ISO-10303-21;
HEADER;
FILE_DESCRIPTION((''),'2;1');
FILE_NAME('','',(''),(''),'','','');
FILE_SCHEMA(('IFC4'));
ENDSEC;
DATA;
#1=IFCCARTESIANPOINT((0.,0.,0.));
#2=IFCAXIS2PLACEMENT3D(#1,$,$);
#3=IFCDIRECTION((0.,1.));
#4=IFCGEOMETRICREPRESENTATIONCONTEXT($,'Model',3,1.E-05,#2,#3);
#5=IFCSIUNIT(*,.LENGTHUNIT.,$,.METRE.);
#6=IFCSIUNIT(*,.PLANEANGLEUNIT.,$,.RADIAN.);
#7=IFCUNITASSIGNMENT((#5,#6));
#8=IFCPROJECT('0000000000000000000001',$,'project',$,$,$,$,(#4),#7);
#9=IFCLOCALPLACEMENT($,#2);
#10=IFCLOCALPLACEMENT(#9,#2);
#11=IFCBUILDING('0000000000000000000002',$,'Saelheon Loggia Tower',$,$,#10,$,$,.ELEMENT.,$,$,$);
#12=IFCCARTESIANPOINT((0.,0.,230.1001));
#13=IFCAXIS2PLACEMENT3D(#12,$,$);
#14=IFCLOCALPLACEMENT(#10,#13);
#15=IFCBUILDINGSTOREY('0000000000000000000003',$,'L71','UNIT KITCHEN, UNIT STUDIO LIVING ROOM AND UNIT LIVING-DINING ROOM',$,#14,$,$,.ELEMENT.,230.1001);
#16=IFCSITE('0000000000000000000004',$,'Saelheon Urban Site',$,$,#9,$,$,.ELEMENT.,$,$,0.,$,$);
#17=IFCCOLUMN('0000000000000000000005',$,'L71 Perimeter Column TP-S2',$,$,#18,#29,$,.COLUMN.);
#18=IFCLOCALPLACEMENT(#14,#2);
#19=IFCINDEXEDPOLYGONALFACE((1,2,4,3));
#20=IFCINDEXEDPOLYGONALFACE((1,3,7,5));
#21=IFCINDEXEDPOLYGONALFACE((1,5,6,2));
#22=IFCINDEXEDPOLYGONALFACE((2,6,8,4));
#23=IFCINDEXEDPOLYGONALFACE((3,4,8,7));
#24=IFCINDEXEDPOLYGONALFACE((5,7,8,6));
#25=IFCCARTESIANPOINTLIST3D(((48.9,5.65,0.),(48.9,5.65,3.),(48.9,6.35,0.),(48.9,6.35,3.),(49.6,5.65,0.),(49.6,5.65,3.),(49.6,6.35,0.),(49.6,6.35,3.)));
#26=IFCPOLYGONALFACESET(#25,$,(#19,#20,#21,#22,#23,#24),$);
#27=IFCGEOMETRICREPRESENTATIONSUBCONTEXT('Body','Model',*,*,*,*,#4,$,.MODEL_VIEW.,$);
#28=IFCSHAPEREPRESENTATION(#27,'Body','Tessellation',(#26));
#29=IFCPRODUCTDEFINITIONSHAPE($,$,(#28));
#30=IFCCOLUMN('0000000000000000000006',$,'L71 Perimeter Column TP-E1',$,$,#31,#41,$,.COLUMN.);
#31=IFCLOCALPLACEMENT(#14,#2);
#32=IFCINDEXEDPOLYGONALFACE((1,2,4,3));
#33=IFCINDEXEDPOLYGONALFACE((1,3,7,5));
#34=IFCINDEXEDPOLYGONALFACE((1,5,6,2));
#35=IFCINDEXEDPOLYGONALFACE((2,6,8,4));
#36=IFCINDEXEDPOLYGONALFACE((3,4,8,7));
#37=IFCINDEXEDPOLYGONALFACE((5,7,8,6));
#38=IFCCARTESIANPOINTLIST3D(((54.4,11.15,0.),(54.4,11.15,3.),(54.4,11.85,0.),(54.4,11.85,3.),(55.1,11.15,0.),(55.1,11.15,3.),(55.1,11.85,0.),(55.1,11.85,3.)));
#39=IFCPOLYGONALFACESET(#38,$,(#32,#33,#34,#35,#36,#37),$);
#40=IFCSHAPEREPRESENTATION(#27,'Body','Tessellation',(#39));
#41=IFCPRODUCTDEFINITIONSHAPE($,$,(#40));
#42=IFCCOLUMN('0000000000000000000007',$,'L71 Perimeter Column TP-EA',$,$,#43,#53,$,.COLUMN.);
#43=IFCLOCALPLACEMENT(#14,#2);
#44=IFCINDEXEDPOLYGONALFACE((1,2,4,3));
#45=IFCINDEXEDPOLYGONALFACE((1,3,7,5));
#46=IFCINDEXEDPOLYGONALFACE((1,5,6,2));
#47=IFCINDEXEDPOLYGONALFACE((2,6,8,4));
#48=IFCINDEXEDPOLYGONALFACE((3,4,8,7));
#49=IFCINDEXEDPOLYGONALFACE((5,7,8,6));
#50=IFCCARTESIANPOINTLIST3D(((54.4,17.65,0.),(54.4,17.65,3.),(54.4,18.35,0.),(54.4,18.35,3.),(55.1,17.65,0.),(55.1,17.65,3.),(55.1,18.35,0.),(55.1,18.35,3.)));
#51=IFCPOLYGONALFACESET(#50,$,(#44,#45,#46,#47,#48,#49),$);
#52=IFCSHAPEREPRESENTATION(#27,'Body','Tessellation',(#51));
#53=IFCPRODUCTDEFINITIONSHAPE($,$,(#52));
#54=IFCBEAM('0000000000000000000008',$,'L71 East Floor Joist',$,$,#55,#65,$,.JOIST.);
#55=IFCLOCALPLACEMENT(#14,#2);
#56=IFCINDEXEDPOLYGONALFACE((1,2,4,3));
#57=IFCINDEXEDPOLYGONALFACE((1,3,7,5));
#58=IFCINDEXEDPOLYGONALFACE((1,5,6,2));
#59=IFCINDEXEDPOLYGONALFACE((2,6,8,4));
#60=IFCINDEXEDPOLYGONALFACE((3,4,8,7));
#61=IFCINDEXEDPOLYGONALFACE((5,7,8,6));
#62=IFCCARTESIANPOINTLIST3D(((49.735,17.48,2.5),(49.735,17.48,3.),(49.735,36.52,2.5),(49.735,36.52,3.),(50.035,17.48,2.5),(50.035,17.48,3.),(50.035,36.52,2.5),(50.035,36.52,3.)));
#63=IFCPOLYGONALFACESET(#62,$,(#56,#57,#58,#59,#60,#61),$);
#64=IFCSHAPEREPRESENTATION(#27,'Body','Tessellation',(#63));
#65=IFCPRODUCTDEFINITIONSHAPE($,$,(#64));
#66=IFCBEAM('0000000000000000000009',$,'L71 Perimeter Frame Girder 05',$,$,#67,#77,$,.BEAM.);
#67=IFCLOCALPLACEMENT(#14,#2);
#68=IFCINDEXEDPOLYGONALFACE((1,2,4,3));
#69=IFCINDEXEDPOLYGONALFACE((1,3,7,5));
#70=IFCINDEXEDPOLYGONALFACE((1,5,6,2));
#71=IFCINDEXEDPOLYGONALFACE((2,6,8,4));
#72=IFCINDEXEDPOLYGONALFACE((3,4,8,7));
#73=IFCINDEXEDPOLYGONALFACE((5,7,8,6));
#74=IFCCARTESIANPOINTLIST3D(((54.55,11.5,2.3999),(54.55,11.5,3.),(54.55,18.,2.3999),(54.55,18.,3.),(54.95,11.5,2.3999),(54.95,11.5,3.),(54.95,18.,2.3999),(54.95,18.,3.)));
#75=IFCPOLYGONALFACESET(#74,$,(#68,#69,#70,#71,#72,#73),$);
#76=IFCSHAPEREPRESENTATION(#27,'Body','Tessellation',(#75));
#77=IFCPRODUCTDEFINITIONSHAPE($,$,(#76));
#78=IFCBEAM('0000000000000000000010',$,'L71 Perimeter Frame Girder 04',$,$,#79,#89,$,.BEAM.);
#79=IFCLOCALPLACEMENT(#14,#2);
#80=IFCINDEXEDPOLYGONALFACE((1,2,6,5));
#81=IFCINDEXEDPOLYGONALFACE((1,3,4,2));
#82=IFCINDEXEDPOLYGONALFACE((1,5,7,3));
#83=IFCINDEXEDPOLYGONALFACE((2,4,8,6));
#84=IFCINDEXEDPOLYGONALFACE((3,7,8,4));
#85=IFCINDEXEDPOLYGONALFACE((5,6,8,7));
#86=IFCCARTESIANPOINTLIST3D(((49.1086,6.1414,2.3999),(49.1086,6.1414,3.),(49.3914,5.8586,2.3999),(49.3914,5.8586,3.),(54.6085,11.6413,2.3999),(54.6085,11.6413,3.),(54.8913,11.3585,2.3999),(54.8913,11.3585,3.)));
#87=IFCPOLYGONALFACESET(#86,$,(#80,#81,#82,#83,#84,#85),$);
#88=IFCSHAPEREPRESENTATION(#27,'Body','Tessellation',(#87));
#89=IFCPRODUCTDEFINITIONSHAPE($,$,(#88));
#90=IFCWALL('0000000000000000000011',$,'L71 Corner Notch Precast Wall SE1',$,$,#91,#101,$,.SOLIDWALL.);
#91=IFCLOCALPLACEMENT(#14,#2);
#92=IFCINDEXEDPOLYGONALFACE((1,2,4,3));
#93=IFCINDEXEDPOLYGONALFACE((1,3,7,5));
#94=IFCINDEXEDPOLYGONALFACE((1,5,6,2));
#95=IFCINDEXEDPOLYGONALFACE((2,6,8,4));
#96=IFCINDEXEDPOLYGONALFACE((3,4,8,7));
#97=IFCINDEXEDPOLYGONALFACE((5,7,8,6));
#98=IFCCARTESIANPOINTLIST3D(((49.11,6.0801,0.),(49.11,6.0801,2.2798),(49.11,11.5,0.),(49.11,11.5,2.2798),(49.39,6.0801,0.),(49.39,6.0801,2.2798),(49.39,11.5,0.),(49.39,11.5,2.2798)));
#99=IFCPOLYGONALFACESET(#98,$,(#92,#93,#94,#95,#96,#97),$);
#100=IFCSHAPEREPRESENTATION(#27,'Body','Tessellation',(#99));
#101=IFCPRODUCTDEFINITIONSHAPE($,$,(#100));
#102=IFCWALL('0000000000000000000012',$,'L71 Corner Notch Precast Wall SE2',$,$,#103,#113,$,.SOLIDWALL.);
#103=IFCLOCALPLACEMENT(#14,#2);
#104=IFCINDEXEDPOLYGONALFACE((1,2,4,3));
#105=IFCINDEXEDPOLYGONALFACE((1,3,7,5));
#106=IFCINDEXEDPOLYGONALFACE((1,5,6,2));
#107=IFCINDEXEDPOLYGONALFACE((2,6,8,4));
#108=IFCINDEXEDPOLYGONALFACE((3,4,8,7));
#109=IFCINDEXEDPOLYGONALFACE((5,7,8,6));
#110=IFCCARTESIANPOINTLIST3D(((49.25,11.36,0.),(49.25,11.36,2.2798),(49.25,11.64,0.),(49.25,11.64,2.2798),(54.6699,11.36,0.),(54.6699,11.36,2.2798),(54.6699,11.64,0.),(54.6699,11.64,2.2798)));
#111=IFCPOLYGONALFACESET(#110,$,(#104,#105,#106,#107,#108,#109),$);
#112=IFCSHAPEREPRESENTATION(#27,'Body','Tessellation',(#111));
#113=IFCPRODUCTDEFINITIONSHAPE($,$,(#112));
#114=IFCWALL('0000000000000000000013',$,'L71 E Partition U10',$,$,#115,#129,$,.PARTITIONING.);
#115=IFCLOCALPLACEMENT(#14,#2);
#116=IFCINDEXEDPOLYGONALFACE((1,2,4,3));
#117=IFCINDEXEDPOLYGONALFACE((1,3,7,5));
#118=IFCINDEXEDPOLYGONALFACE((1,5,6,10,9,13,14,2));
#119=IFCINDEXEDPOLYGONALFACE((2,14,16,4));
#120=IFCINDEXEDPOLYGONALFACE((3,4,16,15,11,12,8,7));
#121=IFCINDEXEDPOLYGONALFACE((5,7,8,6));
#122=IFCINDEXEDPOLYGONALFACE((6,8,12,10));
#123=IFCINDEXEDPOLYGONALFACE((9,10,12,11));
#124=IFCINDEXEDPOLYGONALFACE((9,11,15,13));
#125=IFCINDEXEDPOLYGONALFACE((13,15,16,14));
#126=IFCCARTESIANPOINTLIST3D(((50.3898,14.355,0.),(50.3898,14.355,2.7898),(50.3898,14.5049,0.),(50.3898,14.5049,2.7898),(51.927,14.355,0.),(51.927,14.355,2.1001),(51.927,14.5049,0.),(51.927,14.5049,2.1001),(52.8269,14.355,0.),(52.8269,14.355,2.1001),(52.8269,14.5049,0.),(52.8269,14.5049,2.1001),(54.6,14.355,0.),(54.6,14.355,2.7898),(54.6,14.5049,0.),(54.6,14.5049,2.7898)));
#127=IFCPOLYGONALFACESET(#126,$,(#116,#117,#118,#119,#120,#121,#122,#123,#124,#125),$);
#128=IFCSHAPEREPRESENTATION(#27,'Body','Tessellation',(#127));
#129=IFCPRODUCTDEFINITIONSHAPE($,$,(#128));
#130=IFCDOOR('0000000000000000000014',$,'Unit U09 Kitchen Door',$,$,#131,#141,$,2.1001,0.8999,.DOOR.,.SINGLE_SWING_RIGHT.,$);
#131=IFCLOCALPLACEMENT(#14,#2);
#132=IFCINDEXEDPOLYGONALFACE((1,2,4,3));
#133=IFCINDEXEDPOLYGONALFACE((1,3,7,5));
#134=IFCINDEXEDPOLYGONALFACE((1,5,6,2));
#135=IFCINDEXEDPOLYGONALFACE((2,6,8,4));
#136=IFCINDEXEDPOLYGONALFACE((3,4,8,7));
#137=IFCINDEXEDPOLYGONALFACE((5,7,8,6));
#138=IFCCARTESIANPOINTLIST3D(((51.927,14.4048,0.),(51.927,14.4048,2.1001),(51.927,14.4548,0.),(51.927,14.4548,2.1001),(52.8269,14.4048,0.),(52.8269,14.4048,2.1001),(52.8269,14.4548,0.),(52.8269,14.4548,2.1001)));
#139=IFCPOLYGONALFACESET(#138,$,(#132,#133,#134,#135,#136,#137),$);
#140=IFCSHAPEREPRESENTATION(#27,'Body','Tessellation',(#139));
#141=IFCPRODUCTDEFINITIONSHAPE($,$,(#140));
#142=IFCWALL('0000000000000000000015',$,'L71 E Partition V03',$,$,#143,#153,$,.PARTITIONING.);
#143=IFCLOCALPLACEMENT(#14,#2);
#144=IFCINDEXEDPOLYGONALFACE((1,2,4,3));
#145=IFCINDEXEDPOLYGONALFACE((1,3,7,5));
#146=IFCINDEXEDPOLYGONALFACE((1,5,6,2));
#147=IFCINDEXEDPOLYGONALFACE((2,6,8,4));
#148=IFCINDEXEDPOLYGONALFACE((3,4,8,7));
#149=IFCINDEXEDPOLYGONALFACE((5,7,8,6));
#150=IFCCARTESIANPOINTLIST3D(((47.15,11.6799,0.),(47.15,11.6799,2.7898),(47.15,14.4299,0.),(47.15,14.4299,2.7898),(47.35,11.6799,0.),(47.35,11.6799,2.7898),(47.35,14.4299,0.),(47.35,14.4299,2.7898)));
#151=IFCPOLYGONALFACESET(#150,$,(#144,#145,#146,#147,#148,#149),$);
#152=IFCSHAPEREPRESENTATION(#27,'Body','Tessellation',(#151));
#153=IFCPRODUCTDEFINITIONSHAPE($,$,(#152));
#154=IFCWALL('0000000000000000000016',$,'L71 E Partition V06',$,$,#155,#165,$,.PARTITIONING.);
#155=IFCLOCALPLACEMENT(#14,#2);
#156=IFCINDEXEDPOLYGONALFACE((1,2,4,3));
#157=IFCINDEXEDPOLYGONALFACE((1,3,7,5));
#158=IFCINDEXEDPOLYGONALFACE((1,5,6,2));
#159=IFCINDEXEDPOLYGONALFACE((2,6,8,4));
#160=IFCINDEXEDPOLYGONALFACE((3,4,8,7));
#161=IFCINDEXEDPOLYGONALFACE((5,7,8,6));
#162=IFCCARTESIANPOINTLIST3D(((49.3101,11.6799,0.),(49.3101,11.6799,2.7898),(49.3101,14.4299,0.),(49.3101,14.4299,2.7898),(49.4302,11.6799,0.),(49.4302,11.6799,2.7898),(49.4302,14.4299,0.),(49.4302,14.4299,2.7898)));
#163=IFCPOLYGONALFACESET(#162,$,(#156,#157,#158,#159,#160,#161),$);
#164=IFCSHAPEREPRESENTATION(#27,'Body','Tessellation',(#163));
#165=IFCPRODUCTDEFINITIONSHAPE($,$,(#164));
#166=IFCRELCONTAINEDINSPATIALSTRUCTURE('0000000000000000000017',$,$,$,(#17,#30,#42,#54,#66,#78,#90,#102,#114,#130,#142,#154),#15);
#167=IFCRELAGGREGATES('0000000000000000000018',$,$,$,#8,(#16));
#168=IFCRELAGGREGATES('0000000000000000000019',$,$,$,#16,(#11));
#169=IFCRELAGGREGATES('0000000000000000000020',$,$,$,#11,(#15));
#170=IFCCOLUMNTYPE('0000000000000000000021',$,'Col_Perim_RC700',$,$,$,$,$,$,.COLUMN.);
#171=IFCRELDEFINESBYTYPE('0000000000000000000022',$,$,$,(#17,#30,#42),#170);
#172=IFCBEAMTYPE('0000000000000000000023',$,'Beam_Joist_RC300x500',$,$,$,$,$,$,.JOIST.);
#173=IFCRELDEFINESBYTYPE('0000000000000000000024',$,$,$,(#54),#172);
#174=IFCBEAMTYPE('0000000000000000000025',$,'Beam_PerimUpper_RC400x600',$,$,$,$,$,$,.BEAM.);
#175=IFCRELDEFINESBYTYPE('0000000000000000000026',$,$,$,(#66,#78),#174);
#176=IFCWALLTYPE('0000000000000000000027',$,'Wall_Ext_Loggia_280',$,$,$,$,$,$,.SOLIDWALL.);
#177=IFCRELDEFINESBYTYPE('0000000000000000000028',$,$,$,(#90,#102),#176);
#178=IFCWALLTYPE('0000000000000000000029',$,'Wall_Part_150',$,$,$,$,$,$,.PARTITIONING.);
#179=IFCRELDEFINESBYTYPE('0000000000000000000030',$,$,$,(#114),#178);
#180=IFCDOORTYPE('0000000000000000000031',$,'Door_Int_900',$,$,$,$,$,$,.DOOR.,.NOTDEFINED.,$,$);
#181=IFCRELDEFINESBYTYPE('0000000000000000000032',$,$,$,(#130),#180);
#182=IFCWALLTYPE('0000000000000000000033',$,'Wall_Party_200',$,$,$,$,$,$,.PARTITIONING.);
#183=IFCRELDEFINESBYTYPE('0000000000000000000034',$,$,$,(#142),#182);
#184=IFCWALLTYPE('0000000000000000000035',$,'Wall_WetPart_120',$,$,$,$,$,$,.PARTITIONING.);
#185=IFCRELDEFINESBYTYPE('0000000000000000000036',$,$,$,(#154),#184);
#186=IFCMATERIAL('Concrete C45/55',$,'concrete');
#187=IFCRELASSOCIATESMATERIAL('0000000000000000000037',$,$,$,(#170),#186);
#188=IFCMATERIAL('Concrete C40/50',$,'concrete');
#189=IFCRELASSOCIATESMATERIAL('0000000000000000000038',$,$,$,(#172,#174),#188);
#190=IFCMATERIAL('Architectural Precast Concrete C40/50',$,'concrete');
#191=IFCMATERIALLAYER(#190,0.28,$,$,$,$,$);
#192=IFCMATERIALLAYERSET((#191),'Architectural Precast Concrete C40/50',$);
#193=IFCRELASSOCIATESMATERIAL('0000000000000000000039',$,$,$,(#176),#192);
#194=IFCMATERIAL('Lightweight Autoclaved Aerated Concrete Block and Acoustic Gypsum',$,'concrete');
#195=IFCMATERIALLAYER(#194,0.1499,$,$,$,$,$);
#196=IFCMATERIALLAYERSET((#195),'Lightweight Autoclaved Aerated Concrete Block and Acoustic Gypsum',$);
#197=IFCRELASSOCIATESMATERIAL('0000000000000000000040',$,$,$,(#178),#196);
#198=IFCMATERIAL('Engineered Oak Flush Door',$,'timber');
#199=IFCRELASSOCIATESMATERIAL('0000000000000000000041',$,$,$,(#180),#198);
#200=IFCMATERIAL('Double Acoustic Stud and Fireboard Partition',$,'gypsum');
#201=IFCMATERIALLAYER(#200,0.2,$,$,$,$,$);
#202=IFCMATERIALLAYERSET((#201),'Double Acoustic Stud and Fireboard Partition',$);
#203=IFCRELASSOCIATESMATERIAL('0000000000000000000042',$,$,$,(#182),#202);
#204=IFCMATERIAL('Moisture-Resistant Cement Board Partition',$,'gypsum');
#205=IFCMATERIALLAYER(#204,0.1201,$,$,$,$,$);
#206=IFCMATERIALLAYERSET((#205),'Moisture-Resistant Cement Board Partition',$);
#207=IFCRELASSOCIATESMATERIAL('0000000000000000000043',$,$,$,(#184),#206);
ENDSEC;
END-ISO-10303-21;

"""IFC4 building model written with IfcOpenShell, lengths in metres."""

from ifc_helpers import new_model, si_unit, direction, frame, frame_2d, origin, origin_2d, place, context, subcontext, project, spatial, rectangle, extrude, source, transform, mapped, material, layer, layer_set, material_profile, profile_set, type_object, element, fill, save


model = new_model("IFC4")

# Units and contexts
model_context = context("Model", 3, precision=1e-05, world=origin(), true_north=direction((0.0, 1.0)))
body_context = subcontext(model_context, "Body", "Model", "MODEL_VIEW")
ifc_project = project(units=[si_unit("LENGTHUNIT", "METRE"), si_unit("PLANEANGLEUNIT", "RADIAN")], contexts=[model_context])

# Site, building, storey
site_placement = place(None, origin())
site = spatial("IfcSite", under=ifc_project, at=site_placement, Name="Saelheon Urban Site", CompositionType="ELEMENT", RefElevation=0.0)
building_placement = place(site_placement, origin())
building = spatial("IfcBuilding", under=site, at=building_placement, Name="Saelheon Loggia Tower", CompositionType="ELEMENT")
storey_placement = place(building_placement, frame((0.0, 0.0, 230.1001)))
storey = spatial("IfcBuildingStorey", under=building, at=storey_placement, Name="L71", Description="UNIT KITCHEN, UNIT STUDIO LIVING ROOM AND UNIT LIVING-DINING ROOM", CompositionType="ELEMENT", Elevation=230.1001)

# Columns
ifc_material_1 = material(Name="Concrete C45/55", Category="concrete")
ifc_material_profile_1 = material_profile(ifc_material_1, rectangle(XDim=0.7, YDim=0.7, at=origin_2d()), Name="RC-700x700")
ifc_profile_set_1 = profile_set([ifc_material_profile_1], Name="Concrete C45/55")
column_type = type_object("IfcColumnType", Name="Col_Perim_RC700", PredefinedType="COLUMN", material=ifc_profile_set_1)
shared_shape_1 = source(origin(), body_context, "Body", "SweptSolid", [
    extrude(rectangle(XDim=0.7, YDim=0.7, at=origin_2d()), origin(), (0.0, 0.0, 1.0), 3.0),
])
for number, where, z_axis, x_axis, name in (
    (1, (49.25, 6.0, 0.0), (0.0, 0.0, 1.0), (1.0, 0.0, 0.0), "L71 Perimeter Column TP-S2"),
    (2, (54.75, 11.5, 0.0), (0.0, 0.0, 1.0), (1.0, 0.0, 0.0), "L71 Perimeter Column TP-E1"),
    (3, (54.75, 18.0, 0.0), (0.0, 0.0, 1.0), (1.0, 0.0, 0.0), "L71 Perimeter Column TP-EA"),
):
    element("IfcColumn", number, at=place(storey_placement, frame(where, z_axis=z_axis, x_axis=x_axis)), inside=storey, type_object=column_type, Name=name, PredefinedType="COLUMN", context=body_context, shape_type="MappedRepresentation", body=[
        mapped(shared_shape_1, transform((0.0, 0.0, 0.0), scale=1.0)),
    ])

# Beams
ifc_material_2 = material(Name="Concrete C40/50", Category="concrete")
ifc_material_profile_2 = material_profile(ifc_material_2, rectangle(XDim=0.3, YDim=0.5, at=origin_2d()), Name="RC-300x500")
ifc_profile_set_2 = profile_set([ifc_material_profile_2], Name="Concrete C40/50")
beam_type_1 = type_object("IfcBeamType", Name="Beam_Joist_RC300x500", PredefinedType="JOIST", material=ifc_profile_set_2)
shared_shape_2 = source(origin(), body_context, "Body", "SweptSolid", [
    extrude(rectangle(XDim=0.3, YDim=0.5, at=origin_2d()), origin(), (0.0, 0.0, 1.0), 19.04),
])
beam_1_placement = place(storey_placement, frame((49.885, 17.48, 2.75), z_axis=(0.0, 1.0, 0.0), x_axis=(-1.0, 0.0, 0.0)))
element("IfcBeam", 4, at=beam_1_placement, inside=storey, type_object=beam_type_1, Name="L71 East Floor Joist", PredefinedType="JOIST", context=body_context, shape_type="MappedRepresentation", body=[
    mapped(shared_shape_2, transform((0.0, 0.0, 0.0), scale=1.0)),
])
ifc_material_profile_3 = material_profile(ifc_material_2, rectangle(XDim=0.3999, YDim=0.6001, at=origin_2d()), Name="RC-400x600")
ifc_profile_set_3 = profile_set([ifc_material_profile_3], Name="Concrete C40/50")
beam_type_2 = type_object("IfcBeamType", Name="Beam_PerimUpper_RC400x600", PredefinedType="BEAM", material=ifc_profile_set_3)
shared_shape_3 = source(origin(), body_context, "Body", "SweptSolid", [
    extrude(rectangle(XDim=0.3999, YDim=0.6001, at=origin_2d()), origin(), (0.0, 0.0, 1.0), 6.5),
])
beam_2_placement = place(storey_placement, frame((54.75, 11.5, 2.7), z_axis=(0.0, 1.0, 0.0), x_axis=(-1.0, 0.0, 0.0)))
element("IfcBeam", 5, at=beam_2_placement, inside=storey, type_object=beam_type_2, Name="L71 Perimeter Frame Girder 05", PredefinedType="BEAM", context=body_context, shape_type="MappedRepresentation", body=[
    mapped(shared_shape_3, transform((0.0, 0.0, 0.0), scale=1.0)),
])
shared_shape_4 = source(origin(), body_context, "Body", "SweptSolid", [
    extrude(rectangle(XDim=0.3999, YDim=0.6001, at=origin_2d()), origin(), (0.0, 0.0, 1.0), 7.7781),
])
beam_3_placement = place(storey_placement, frame((49.25, 6.0, 2.7), z_axis=(0.707107, 0.707107, 0.0), x_axis=(-0.707107, 0.707107, 0.0)))
element("IfcBeam", 6, at=beam_3_placement, inside=storey, type_object=beam_type_2, Name="L71 Perimeter Frame Girder 04", PredefinedType="BEAM", context=body_context, shape_type="MappedRepresentation", body=[
    mapped(shared_shape_4, transform((0.0, 0.0, 0.0), scale=1.0)),
])

# Shared definitions
ifc_material_3 = material(Name="Architectural Precast Concrete C40/50", Category="concrete")
ifc_layer_1 = layer(ifc_material_3, 0.28)
ifc_layer_set_1 = layer_set([ifc_layer_1], Name="Architectural Precast Concrete C40/50")
wall_type_1 = type_object("IfcWallType", Name="Wall_Ext_Loggia_280", PredefinedType="SOLIDWALL", material=ifc_layer_set_1)

# Walls
for number, where, z_axis, x_axis, name in (
    (7, (49.25, 6.0801, 0.0), (0.0, 0.0, 1.0), (0.0, 1.0, 0.0), "L71 Corner Notch Precast Wall SE1"),
    (8, (49.25, 11.5, 0.0), (0.0, 0.0, 1.0), (1.0, 0.0, 0.0), "L71 Corner Notch Precast Wall SE2"),
):
    element("IfcWall", number, at=place(storey_placement, frame(where, z_axis=z_axis, x_axis=x_axis)), inside=storey, type_object=wall_type_1, Name=name, PredefinedType="SOLIDWALL", context=body_context, shape_type="SweptSolid", body=[
        extrude(rectangle(XDim=5.4199, YDim=0.28, at=frame_2d((2.71, 0.0))), origin(), (0.0, 0.0, 1.0), 2.2798),
    ])

# Wall, opening, door
ifc_material_4 = material(Name="Lightweight Autoclaved Aerated Concrete Block and Acoustic Gypsum", Category="concrete")
ifc_layer_2 = layer(ifc_material_4, 0.1499)
ifc_layer_set_2 = layer_set([ifc_layer_2], Name="Lightweight Autoclaved Aerated Concrete Block and Acoustic Gypsum")
wall_type_2 = type_object("IfcWallType", Name="Wall_Part_150", PredefinedType="PARTITIONING", material=ifc_layer_set_2)
wall_1_placement = place(storey_placement, frame((50.3899, 14.4299, 0.0), z_axis=(0.0, 0.0, 1.0), x_axis=(1.0, 0.0, 0.0)))
wall_1 = element("IfcWall", 9, at=wall_1_placement, inside=storey, type_object=wall_type_2, Name="L71 E Partition U10", PredefinedType="PARTITIONING", context=body_context, shape_type="SweptSolid", body=[
    extrude(rectangle(XDim=4.2102, YDim=0.1499, at=frame_2d((2.105, 0.0))), origin(), (0.0, 0.0, 1.0), 2.7898),
])
opening_1_placement = place(wall_1_placement, frame((1.5371, 0.0, 0.0)))
opening_1 = element("IfcOpeningElement", 10, at=opening_1_placement, cuts=wall_1, PredefinedType="OPENING", context=body_context, shape_type="SweptSolid", body=[
    extrude(rectangle(XDim=0.8999, YDim=2.1001, at=frame_2d((0.45, 1.05))), frame((0.0, 0.0869, 0.0), z_axis=(0.0, -1.0, 0.0), x_axis=(1.0, 0.0, 0.0)), (0.0, 0.0, 1.0), 0.1738),
])
ifc_material_5 = material(Name="Engineered Oak Flush Door", Category="timber")
door_type_1 = type_object("IfcDoorType", Name="Door_Int_900", OperationType="NOTDEFINED", PredefinedType="DOOR", material=ifc_material_5)
shared_shape_5 = source(origin(), body_context, "Body", "SweptSolid", [
    extrude(rectangle(XDim=0.8999, YDim=2.1001, at=frame_2d((0.45, 1.05))), frame((0.0, 0.0249, 0.0), z_axis=(0.0, -1.0, 0.0), x_axis=(1.0, 0.0, 0.0)), (0.0, 0.0, 1.0), 0.05),
])
door_1_placement = place(opening_1_placement, origin())
door_1 = element("IfcDoor", 11, at=door_1_placement, inside=storey, type_object=door_type_1, Name="Unit U09 Kitchen Door", OperationType="SINGLE_SWING_RIGHT", OverallHeight=2.1001, OverallWidth=0.8999, PredefinedType="DOOR", context=body_context, shape_type="MappedRepresentation", body=[
    mapped(shared_shape_5, transform((0.0, 0.0, 0.0), scale=1.0)),
])
fill(opening_1, door_1)

# Wall
ifc_material_6 = material(Name="Double Acoustic Stud and Fireboard Partition", Category="gypsum")
ifc_layer_3 = layer(ifc_material_6, 0.2)
ifc_layer_set_3 = layer_set([ifc_layer_3], Name="Double Acoustic Stud and Fireboard Partition")
wall_type_3 = type_object("IfcWallType", Name="Wall_Party_200", PredefinedType="PARTITIONING", material=ifc_layer_set_3)
wall_2_placement = place(storey_placement, frame((47.25, 11.6799, 0.0), z_axis=(0.0, 0.0, 1.0), x_axis=(0.0, 1.0, 0.0)))
element("IfcWall", 12, at=wall_2_placement, inside=storey, type_object=wall_type_3, Name="L71 E Partition V03", PredefinedType="PARTITIONING", context=body_context, shape_type="SweptSolid", body=[
    extrude(rectangle(XDim=2.75, YDim=0.2, at=frame_2d((1.375, 0.0))), origin(), (0.0, 0.0, 1.0), 2.7898),
])

# Wall
ifc_material_7 = material(Name="Moisture-Resistant Cement Board Partition", Category="gypsum")
ifc_layer_4 = layer(ifc_material_7, 0.1201)
ifc_layer_set_4 = layer_set([ifc_layer_4], Name="Moisture-Resistant Cement Board Partition")
wall_type_4 = type_object("IfcWallType", Name="Wall_WetPart_120", PredefinedType="PARTITIONING", material=ifc_layer_set_4)
wall_3_placement = place(storey_placement, frame((49.3701, 11.6799, 0.0), z_axis=(0.0, 0.0, 1.0), x_axis=(0.0, 1.0, 0.0)))
element("IfcWall", 13, at=wall_3_placement, inside=storey, type_object=wall_type_4, Name="L71 E Partition V06", PredefinedType="PARTITIONING", context=body_context, shape_type="SweptSolid", body=[
    extrude(rectangle(XDim=2.75, YDim=0.1201, at=frame_2d((1.375, 0.0))), origin(), (0.0, 0.0, 1.0), 2.7898),
])

save(model, "model.ifc")
